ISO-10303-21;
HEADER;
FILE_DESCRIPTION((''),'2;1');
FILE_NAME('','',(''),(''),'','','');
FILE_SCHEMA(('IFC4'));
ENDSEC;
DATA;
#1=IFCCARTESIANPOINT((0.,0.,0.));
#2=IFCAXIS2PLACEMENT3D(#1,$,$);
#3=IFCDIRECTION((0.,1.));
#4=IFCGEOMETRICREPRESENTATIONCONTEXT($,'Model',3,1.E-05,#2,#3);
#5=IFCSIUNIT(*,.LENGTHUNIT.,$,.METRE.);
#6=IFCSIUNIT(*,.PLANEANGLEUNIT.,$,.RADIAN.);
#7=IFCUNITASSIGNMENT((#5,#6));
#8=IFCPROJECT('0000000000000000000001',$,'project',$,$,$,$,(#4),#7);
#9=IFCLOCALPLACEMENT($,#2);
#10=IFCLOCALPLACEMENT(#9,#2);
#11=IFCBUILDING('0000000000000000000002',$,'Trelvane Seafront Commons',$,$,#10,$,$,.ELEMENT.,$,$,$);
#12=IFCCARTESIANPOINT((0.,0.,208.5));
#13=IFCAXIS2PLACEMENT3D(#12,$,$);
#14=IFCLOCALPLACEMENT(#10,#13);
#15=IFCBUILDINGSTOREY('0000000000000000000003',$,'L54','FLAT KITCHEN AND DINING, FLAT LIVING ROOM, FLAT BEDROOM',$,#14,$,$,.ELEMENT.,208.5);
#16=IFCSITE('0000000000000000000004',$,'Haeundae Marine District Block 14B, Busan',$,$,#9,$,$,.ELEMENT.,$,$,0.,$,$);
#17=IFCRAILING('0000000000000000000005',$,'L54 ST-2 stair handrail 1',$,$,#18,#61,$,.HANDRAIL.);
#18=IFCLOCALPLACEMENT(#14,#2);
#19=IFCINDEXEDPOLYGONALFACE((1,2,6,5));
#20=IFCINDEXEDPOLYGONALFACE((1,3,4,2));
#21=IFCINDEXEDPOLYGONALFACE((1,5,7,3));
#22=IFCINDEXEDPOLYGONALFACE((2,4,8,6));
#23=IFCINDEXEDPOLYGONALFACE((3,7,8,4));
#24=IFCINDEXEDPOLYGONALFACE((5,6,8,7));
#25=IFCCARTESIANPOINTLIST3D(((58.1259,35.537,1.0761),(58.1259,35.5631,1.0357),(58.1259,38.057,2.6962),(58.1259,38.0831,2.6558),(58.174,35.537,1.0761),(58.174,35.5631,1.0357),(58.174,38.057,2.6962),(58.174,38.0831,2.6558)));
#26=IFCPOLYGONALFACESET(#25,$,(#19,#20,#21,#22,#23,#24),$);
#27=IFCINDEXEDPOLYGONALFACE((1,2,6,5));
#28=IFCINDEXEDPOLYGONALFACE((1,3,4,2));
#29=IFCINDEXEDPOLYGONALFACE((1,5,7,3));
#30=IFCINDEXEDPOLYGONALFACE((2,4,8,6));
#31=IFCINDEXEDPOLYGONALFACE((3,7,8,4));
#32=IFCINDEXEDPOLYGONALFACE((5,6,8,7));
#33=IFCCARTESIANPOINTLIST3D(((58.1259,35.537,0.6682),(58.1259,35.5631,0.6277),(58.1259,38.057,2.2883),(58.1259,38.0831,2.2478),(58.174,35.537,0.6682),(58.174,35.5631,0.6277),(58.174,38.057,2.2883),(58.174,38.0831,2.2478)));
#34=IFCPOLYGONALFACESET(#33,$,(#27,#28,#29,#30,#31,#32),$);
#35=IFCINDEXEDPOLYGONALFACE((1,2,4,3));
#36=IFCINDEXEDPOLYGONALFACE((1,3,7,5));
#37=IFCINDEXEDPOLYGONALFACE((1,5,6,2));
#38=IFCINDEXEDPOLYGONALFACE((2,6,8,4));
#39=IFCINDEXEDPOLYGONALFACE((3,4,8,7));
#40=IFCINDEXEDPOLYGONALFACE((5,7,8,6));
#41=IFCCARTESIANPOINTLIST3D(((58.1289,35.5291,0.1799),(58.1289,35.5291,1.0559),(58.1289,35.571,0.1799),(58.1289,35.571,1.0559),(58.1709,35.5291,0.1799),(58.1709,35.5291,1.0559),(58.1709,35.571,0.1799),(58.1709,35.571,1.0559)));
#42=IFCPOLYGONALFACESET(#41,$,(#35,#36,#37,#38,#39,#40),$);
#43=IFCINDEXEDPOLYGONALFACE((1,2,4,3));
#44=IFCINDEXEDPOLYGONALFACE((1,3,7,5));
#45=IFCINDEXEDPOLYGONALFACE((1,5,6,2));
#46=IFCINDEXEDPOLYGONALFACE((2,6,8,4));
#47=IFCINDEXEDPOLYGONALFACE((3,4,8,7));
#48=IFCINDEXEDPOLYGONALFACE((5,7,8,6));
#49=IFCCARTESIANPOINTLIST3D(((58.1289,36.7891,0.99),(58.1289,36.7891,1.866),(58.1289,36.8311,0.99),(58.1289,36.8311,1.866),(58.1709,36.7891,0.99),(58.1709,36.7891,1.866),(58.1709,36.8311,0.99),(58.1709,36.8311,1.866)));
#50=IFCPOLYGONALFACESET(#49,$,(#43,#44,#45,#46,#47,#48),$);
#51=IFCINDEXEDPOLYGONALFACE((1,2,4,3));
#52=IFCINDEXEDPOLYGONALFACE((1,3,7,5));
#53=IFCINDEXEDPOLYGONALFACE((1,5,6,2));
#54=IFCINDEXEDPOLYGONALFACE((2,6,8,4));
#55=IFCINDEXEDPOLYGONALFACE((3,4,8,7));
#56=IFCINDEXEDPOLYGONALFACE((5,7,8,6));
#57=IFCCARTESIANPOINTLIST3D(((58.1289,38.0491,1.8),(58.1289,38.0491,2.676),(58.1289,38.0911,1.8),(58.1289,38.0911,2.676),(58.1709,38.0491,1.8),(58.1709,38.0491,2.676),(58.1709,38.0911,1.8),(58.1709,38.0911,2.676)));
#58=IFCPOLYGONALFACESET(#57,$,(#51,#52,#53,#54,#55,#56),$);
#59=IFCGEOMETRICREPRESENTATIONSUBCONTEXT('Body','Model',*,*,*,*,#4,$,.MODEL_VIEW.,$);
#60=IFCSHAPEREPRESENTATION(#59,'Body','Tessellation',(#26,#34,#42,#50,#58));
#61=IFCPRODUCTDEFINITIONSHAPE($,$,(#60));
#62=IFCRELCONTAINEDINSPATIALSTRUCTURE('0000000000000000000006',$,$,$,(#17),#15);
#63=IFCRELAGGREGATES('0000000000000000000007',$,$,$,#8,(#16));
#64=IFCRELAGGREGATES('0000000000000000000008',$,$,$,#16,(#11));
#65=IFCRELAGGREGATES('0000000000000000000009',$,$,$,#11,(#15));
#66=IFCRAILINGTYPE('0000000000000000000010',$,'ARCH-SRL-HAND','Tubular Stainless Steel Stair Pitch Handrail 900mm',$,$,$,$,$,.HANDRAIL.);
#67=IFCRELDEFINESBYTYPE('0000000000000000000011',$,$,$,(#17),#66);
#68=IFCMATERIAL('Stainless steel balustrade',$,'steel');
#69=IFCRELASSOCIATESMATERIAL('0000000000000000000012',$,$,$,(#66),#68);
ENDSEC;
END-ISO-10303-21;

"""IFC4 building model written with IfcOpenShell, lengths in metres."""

from ifc_helpers import new_model, si_unit, direction, frame, origin, origin_2d, place, context, subcontext, project, spatial, rectangle, extrude, material, type_object, element, save


model = new_model("IFC4")

# Units and contexts
model_context = context("Model", 3, precision=1e-05, world=origin(), true_north=direction((0.0, 1.0)))
body_context = subcontext(model_context, "Body", "Model", "MODEL_VIEW")
ifc_project = project(units=[si_unit("LENGTHUNIT", "METRE"), si_unit("PLANEANGLEUNIT", "RADIAN")], contexts=[model_context])

# Site, building, storey
site_placement = place(None, origin())
site = spatial("IfcSite", under=ifc_project, at=site_placement, Name="Haeundae Marine District Block 14B, Busan", CompositionType="ELEMENT", RefElevation=0.0)
building_placement = place(site_placement, origin())
building = spatial("IfcBuilding", under=site, at=building_placement, Name="Trelvane Seafront Commons", CompositionType="ELEMENT")
storey_placement = place(building_placement, frame((0.0, 0.0, 208.5)))
storey = spatial("IfcBuildingStorey", under=building, at=storey_placement, Name="L54", Description="FLAT KITCHEN AND DINING, FLAT LIVING ROOM, FLAT BEDROOM", CompositionType="ELEMENT", Elevation=208.5)

# Railing
ifc_material_1 = material(Name="Stainless steel balustrade", Category="steel")
railing_type_1 = type_object("IfcRailingType", Name="ARCH-SRL-HAND", Description="Tubular Stainless Steel Stair Pitch Handrail 900mm", PredefinedType="HANDRAIL", material=ifc_material_1)
railing_1_placement = place(storey_placement, frame((58.1499, 35.55, 0.1799)))
element("IfcRailing", 1, at=railing_1_placement, inside=storey, type_object=railing_type_1, Name="L54 ST-2 stair handrail 1", PredefinedType="HANDRAIL", context=body_context, shape_type="SweptSolid", body=[
    extrude(rectangle(XDim=0.0481, YDim=0.0481, at=origin_2d()), frame((0.0, 0.0, 0.876), z_axis=(0.0, 0.841163, 0.540782), x_axis=(-1.0, 0.0, 0.0)), (0.0, 0.0, 1.0), 2.9958),
    extrude(rectangle(XDim=0.0481, YDim=0.0481, at=origin_2d()), frame((0.0, 0.0, 0.468), z_axis=(0.0, 0.841163, 0.540782), x_axis=(-1.0, 0.0, 0.0)), (0.0, 0.0, 1.0), 2.9958),
    extrude(rectangle(XDim=0.042, YDim=0.042, at=origin_2d()), origin(), (0.0, 0.0, 1.0), 0.876),
    extrude(rectangle(XDim=0.042, YDim=0.042, at=origin_2d()), frame((0.0, 1.26, 0.8101)), (0.0, 0.0, 1.0), 0.876),
    extrude(rectangle(XDim=0.042, YDim=0.042, at=origin_2d()), frame((0.0, 2.52, 1.6201)), (0.0, 0.0, 1.0), 0.876),
])

save(model, "model.ifc")
